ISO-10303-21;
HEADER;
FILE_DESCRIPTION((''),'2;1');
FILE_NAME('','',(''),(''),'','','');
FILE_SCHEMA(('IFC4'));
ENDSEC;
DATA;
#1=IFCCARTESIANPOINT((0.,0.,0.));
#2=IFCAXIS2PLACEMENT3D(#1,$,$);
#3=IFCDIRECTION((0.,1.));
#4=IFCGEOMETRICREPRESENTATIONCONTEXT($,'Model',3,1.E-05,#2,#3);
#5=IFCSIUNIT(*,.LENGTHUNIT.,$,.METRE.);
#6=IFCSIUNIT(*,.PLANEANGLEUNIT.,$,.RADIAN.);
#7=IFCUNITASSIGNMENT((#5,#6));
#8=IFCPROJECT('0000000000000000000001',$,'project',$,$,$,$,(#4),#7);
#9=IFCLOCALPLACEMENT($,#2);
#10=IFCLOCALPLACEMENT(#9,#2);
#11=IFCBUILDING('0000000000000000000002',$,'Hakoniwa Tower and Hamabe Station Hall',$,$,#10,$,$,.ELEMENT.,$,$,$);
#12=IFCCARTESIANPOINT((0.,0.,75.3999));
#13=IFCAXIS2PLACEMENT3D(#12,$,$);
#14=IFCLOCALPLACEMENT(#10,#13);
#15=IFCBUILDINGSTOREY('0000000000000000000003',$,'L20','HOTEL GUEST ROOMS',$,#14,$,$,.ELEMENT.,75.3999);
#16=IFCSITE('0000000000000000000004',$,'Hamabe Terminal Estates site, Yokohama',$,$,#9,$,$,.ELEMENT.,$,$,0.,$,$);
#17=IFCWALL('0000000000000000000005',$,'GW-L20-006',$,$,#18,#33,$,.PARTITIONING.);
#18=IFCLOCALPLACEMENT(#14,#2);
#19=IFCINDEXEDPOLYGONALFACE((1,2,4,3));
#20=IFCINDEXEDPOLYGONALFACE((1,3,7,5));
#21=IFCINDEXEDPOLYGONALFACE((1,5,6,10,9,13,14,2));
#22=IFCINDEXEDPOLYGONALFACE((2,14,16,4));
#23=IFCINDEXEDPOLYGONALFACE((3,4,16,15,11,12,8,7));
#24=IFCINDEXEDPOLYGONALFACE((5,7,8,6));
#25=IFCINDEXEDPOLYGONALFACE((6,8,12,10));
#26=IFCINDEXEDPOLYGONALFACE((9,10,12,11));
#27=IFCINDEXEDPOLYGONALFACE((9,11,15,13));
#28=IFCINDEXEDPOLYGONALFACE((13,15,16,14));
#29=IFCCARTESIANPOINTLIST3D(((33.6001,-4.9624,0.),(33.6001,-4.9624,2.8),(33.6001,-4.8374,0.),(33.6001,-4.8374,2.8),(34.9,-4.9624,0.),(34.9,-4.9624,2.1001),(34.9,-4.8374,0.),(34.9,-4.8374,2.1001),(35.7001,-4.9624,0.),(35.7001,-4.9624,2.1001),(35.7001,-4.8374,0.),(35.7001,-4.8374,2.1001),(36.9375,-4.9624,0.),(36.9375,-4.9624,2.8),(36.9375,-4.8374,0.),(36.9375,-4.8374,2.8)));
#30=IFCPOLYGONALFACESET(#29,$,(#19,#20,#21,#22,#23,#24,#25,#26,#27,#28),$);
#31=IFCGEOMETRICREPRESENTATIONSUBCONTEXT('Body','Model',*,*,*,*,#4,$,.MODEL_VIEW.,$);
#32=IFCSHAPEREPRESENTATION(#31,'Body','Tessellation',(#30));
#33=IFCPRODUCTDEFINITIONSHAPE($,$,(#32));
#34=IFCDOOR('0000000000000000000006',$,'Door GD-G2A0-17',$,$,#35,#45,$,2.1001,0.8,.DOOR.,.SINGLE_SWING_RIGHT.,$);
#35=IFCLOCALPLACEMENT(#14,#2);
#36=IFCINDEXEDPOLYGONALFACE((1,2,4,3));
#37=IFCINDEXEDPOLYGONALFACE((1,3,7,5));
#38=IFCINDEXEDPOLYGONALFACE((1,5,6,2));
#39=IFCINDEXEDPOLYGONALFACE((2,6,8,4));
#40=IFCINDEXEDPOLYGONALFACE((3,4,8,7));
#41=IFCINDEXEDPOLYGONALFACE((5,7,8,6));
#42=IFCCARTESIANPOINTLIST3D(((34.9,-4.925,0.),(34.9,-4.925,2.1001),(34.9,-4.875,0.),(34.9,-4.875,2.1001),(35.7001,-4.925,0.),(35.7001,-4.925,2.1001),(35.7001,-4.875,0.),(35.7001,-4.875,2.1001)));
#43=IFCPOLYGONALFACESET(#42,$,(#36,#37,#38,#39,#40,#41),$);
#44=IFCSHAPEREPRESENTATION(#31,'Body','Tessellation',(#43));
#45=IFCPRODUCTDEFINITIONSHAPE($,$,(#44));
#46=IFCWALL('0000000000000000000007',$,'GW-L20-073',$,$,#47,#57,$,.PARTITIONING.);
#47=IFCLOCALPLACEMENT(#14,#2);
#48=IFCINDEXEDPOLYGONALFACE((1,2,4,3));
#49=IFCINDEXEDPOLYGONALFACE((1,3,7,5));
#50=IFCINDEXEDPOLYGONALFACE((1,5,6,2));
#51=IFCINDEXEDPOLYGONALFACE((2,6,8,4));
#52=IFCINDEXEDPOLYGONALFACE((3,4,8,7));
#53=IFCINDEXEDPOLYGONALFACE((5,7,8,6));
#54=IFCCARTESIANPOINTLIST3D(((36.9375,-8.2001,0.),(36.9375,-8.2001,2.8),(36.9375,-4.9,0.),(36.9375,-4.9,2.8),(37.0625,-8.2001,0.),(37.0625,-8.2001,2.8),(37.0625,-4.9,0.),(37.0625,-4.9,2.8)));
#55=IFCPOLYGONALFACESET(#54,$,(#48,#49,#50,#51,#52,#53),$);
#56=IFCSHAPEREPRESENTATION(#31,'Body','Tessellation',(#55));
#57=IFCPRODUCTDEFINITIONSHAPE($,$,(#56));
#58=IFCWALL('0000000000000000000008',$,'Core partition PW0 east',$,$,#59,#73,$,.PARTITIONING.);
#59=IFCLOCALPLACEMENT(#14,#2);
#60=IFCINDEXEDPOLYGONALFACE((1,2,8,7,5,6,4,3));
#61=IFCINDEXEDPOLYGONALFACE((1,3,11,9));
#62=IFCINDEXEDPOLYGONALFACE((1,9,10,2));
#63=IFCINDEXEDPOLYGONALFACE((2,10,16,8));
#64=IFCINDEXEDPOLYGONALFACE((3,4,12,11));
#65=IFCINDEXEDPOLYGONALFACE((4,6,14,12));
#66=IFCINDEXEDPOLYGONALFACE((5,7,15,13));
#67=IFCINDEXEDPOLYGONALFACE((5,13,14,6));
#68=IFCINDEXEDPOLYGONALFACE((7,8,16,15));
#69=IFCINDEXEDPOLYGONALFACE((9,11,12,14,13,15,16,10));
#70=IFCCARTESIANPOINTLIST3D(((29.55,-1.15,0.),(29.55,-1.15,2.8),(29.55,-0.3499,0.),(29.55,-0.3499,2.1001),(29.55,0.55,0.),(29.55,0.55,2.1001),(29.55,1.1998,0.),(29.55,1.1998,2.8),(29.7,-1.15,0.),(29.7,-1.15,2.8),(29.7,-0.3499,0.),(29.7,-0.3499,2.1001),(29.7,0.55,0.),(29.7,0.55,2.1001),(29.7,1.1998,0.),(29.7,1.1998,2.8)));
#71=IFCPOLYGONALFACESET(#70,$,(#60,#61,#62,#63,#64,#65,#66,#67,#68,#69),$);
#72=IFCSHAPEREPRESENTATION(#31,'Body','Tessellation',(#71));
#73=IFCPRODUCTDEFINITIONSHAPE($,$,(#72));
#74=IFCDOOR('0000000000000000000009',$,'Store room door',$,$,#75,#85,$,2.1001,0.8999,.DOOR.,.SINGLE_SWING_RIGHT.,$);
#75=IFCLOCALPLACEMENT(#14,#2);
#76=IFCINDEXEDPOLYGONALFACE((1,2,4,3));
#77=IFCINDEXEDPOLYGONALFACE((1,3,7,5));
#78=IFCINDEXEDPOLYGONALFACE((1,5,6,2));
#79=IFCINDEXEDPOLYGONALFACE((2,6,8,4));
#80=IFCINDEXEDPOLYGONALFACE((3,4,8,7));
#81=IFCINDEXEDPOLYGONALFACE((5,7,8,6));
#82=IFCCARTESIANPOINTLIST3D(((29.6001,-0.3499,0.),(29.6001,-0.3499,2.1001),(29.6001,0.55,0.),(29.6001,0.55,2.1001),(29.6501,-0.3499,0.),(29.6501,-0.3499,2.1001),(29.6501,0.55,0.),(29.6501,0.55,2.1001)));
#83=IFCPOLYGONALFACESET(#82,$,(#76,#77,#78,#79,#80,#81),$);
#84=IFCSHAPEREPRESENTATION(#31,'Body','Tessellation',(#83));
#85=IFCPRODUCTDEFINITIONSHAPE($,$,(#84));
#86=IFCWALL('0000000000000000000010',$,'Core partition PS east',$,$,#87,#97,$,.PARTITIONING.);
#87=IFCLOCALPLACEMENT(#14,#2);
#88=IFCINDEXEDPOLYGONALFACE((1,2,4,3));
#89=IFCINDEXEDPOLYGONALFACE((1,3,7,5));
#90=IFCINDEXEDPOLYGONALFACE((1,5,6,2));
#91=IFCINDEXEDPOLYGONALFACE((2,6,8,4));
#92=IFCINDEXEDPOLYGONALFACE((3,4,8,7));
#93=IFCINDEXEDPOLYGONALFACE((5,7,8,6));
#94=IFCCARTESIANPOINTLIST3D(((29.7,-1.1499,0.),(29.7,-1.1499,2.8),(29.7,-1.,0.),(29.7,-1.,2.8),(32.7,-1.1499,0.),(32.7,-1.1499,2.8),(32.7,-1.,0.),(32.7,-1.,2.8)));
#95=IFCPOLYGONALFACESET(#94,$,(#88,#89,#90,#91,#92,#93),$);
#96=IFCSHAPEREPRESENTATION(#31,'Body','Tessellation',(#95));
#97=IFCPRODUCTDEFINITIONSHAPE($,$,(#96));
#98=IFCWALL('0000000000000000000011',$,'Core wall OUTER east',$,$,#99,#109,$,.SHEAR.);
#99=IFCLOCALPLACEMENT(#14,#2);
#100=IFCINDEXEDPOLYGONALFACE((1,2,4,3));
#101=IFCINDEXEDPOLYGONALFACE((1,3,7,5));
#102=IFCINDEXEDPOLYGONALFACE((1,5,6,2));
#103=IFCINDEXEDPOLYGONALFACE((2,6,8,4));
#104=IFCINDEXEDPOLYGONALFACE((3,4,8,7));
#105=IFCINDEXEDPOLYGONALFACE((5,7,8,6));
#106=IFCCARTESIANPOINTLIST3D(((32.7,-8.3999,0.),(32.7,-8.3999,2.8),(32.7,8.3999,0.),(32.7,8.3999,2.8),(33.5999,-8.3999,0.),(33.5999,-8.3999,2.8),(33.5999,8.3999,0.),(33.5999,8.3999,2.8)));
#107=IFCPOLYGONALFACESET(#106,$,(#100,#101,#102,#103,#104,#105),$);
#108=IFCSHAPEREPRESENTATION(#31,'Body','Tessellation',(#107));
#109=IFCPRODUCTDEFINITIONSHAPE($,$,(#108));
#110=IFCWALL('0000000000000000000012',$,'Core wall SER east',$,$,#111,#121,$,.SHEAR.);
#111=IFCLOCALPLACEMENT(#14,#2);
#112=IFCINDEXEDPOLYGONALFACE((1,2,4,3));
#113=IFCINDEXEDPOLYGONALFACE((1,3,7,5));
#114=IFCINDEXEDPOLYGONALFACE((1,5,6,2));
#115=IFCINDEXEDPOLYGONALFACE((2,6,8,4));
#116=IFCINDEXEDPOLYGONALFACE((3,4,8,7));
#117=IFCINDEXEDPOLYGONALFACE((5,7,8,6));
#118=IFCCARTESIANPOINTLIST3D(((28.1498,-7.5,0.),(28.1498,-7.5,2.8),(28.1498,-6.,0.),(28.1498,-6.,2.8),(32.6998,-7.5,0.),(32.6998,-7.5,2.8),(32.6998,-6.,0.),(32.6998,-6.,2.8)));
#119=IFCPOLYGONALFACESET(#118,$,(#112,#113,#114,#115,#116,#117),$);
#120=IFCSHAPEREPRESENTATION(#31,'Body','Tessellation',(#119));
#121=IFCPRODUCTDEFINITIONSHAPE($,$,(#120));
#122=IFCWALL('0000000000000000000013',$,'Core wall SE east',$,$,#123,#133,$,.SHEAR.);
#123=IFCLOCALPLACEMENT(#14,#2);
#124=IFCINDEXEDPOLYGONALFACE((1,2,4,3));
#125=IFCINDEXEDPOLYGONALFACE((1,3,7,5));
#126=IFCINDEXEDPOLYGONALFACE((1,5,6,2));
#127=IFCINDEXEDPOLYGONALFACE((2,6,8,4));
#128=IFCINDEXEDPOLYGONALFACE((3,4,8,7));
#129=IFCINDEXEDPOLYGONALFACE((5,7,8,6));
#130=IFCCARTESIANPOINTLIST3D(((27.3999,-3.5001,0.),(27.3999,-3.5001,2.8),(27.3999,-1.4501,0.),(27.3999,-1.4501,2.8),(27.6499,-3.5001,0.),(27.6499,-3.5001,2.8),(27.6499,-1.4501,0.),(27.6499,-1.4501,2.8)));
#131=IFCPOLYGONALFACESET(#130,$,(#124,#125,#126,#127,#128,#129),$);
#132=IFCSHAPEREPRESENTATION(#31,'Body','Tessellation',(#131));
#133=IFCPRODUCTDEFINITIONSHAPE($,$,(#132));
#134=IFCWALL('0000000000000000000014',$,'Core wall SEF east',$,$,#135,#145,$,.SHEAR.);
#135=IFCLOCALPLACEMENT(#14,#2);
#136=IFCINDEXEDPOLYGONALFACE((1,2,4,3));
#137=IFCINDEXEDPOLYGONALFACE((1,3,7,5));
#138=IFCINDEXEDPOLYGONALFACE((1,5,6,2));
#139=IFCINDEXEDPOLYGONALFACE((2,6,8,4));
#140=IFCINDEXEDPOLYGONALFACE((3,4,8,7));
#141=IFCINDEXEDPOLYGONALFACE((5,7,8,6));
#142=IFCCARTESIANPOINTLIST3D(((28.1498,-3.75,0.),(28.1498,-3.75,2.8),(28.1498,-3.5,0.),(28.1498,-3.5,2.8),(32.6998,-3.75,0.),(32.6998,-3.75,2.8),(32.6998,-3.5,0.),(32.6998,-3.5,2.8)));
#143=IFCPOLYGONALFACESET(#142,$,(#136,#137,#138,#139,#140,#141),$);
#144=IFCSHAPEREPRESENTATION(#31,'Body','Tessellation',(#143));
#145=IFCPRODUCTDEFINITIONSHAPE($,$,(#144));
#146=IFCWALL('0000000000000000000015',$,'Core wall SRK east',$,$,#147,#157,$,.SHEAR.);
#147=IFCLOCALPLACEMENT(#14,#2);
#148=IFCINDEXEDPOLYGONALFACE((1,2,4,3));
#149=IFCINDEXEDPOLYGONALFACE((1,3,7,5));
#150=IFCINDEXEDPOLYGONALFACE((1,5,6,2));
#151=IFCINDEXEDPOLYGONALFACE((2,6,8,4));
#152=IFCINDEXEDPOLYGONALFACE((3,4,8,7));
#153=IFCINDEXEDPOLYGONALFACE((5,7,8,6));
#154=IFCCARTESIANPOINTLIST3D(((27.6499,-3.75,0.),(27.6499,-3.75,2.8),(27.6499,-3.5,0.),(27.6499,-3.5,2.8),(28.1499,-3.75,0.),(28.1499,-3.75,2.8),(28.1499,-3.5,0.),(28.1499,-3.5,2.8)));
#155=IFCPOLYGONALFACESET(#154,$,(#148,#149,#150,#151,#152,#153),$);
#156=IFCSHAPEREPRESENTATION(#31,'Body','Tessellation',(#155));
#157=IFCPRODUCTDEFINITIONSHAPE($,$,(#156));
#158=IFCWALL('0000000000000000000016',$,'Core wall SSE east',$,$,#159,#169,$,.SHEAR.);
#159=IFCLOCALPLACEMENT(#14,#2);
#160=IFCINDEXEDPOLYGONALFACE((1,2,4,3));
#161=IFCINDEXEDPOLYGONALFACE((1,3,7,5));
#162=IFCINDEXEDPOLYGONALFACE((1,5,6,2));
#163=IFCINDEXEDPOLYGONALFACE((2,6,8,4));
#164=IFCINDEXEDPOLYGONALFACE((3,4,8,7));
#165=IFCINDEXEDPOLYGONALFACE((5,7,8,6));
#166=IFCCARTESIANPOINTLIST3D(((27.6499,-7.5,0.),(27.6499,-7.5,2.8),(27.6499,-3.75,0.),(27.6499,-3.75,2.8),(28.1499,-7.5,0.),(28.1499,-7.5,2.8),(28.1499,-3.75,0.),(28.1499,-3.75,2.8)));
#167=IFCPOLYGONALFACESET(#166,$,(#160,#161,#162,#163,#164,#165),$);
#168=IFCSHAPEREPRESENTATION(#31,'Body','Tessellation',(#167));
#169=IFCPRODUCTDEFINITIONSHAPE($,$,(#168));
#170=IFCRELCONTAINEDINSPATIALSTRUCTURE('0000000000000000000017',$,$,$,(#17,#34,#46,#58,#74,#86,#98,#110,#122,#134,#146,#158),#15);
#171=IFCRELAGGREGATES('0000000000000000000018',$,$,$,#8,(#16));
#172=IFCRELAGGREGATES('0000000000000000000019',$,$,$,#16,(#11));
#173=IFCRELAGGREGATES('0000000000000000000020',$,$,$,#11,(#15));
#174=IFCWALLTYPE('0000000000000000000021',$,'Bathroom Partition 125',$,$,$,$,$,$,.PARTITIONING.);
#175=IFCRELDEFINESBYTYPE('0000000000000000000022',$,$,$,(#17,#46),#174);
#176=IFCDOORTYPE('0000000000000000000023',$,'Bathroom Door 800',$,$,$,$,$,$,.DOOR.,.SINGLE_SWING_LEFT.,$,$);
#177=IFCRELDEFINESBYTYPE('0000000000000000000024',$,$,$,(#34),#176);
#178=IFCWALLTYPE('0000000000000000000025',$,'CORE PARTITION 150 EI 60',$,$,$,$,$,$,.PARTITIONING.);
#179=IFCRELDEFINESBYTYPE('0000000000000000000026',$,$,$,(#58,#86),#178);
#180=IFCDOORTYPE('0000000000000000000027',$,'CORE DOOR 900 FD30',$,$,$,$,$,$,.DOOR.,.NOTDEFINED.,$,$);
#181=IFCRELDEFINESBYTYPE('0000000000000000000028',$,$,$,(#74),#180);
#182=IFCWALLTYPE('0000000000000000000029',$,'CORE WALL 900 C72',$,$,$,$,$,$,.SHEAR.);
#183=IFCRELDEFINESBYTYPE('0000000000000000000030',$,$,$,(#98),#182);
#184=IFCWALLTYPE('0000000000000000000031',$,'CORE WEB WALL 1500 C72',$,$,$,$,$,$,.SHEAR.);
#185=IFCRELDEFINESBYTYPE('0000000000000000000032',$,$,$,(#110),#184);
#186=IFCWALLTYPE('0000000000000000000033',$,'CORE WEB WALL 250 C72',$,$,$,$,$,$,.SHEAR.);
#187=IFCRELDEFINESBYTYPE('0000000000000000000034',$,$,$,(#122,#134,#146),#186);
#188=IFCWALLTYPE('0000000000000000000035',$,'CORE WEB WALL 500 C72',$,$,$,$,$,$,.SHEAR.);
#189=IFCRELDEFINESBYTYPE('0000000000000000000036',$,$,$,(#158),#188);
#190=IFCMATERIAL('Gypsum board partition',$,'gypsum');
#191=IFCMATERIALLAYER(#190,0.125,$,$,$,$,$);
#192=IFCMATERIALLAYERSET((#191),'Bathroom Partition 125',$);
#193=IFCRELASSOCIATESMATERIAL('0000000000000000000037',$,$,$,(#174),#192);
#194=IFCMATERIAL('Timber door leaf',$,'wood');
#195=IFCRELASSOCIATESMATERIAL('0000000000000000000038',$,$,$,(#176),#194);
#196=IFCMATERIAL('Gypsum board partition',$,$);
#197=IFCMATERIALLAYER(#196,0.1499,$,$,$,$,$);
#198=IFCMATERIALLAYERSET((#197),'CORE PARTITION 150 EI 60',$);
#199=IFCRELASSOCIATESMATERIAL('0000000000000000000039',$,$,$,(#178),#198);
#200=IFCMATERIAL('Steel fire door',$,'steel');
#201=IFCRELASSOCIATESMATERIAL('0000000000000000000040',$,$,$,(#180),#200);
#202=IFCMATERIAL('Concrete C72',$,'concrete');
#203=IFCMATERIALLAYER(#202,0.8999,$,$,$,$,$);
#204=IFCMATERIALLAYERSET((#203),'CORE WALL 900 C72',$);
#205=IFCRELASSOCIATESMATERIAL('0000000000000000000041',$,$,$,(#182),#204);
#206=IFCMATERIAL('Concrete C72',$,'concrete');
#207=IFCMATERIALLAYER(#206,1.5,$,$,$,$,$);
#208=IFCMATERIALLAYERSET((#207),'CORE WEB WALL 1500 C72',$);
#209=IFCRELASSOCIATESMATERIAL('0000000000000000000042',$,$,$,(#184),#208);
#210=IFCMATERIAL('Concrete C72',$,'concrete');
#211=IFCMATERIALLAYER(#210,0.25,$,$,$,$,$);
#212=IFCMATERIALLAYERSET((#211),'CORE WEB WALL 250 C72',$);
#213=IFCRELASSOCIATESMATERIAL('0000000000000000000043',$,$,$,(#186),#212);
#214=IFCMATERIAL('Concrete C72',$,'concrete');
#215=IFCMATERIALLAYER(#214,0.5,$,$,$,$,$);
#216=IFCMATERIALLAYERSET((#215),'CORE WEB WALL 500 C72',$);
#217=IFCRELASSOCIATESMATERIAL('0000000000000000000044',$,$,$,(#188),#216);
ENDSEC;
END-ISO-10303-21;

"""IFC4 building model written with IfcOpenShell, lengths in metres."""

from ifc_helpers import new_model, si_unit, direction, frame, frame_2d, origin, place, context, subcontext, project, spatial, rectangle, extrude, material, layer, layer_set, type_object, element, fill, save


model = new_model("IFC4")

# Units and contexts
model_context = context("Model", 3, precision=1e-05, world=origin(), true_north=direction((0.0, 1.0)))
body_context = subcontext(model_context, "Body", "Model", "MODEL_VIEW")
ifc_project = project(units=[si_unit("LENGTHUNIT", "METRE"), si_unit("PLANEANGLEUNIT", "RADIAN")], contexts=[model_context])

# Site, building, storey
site_placement = place(None, origin())
site = spatial("IfcSite", under=ifc_project, at=site_placement, Name="Hamabe Terminal Estates site, Yokohama", CompositionType="ELEMENT", RefElevation=0.0)
building_placement = place(site_placement, origin())
building = spatial("IfcBuilding", under=site, at=building_placement, Name="Hakoniwa Tower and Hamabe Station Hall", CompositionType="ELEMENT")
storey_placement = place(building_placement, frame((0.0, 0.0, 75.3999)))
storey = spatial("IfcBuildingStorey", under=building, at=storey_placement, Name="L20", Description="HOTEL GUEST ROOMS", CompositionType="ELEMENT", Elevation=75.3999)

# Wall, opening, door
ifc_material_1 = material(Name="Gypsum board partition", Category="gypsum")
ifc_layer_1 = layer(ifc_material_1, 0.125)
ifc_layer_set_1 = layer_set([ifc_layer_1], Name="Bathroom Partition 125")
wall_type_1 = type_object("IfcWallType", Name="Bathroom Partition 125", PredefinedType="PARTITIONING", material=ifc_layer_set_1)
wall_1_placement = place(storey_placement, frame((33.6001, -4.8999, 0.0), z_axis=(0.0, 0.0, 1.0), x_axis=(1.0, 0.0, 0.0)))
wall_1 = element("IfcWall", 1, at=wall_1_placement, inside=storey, type_object=wall_type_1, Name="GW-L20-006", PredefinedType="PARTITIONING", context=body_context, shape_type="SweptSolid", body=[
    extrude(rectangle(XDim=3.3374, YDim=0.125, at=frame_2d((1.6687, 0.0))), origin(), (0.0, 0.0, 1.0), 2.8),
])
opening_1_placement = place(wall_1_placement, frame((1.3, 0.0, 0.0)))
opening_1 = element("IfcOpeningElement", 2, at=opening_1_placement, cuts=wall_1, PredefinedType="OPENING", context=body_context, shape_type="SweptSolid", body=[
    extrude(rectangle(XDim=0.8, YDim=2.1001, at=frame_2d((0.3999, 1.05))), frame((0.0, 0.0725, 0.0), z_axis=(0.0, -1.0, 0.0), x_axis=(1.0, 0.0, 0.0)), (0.0, 0.0, 1.0), 0.145),
])
ifc_material_2 = material(Name="Timber door leaf", Category="wood")
door_type_1 = type_object("IfcDoorType", Name="Bathroom Door 800", OperationType="SINGLE_SWING_LEFT", PredefinedType="DOOR", material=ifc_material_2)
door_1_placement = place(opening_1_placement, origin())
door_1 = element("IfcDoor", 3, at=door_1_placement, inside=storey, type_object=door_type_1, Name="Door GD-G2A0-17", OperationType="SINGLE_SWING_RIGHT", OverallHeight=2.1001, OverallWidth=0.8, PredefinedType="DOOR", context=body_context, shape_type="SweptSolid", body=[
    extrude(rectangle(XDim=0.8, YDim=2.1001, at=frame_2d((0.3999, 1.05))), frame((0.0, 0.0249, 0.0), z_axis=(0.0, -1.0, 0.0), x_axis=(1.0, 0.0, 0.0)), (0.0, 0.0, 1.0), 0.05),
])
fill(opening_1, door_1)

# Wall
wall_2_placement = place(storey_placement, frame((37.0, -8.2, 0.0), z_axis=(0.0, 0.0, 1.0), x_axis=(0.0, 1.0, 0.0)))
element("IfcWall", 4, at=wall_2_placement, inside=storey, type_object=wall_type_1, Name="GW-L20-073", PredefinedType="PARTITIONING", context=body_context, shape_type="SweptSolid", body=[
    extrude(rectangle(XDim=3.3, YDim=0.125, at=frame_2d((1.6499, 0.0))), origin(), (0.0, 0.0, 1.0), 2.8),
])

# Wall, opening, door
ifc_material_3 = material(Name="Gypsum board partition")
ifc_layer_2 = layer(ifc_material_3, 0.1499)
ifc_layer_set_2 = layer_set([ifc_layer_2], Name="CORE PARTITION 150 EI 60")
wall_type_2 = type_object("IfcWallType", Name="CORE PARTITION 150 EI 60", PredefinedType="PARTITIONING", material=ifc_layer_set_2)
wall_3_placement = place(storey_placement, frame((29.625, -1.1499, 0.0), z_axis=(0.0, 0.0, 1.0), x_axis=(0.0, 1.0, 0.0)))
wall_3 = element("IfcWall", 5, at=wall_3_placement, inside=storey, type_object=wall_type_2, Name="Core partition PW0 east", PredefinedType="PARTITIONING", context=body_context, shape_type="SweptSolid", body=[
    extrude(rectangle(XDim=2.3499, YDim=0.1499, at=frame_2d((1.1748, 0.0))), origin(), (0.0, 0.0, 1.0), 2.8),
])
opening_2_placement = place(wall_3_placement, frame((0.8, 0.0, 0.0)))
opening_2 = element("IfcOpeningElement", 6, at=opening_2_placement, cuts=wall_3, PredefinedType="OPENING", context=body_context, shape_type="SweptSolid", body=[
    extrude(rectangle(XDim=0.8999, YDim=2.1001, at=frame_2d((0.45, 1.05))), frame((0.0, 0.085, 0.0), z_axis=(0.0, -1.0, 0.0), x_axis=(1.0, 0.0, 0.0)), (0.0, 0.0, 1.0), 0.1699),
])
ifc_material_4 = material(Name="Steel fire door", Category="steel")
door_type_2 = type_object("IfcDoorType", Name="CORE DOOR 900 FD30", OperationType="NOTDEFINED", PredefinedType="DOOR", material=ifc_material_4)
door_2_placement = place(opening_2_placement, origin())
door_2 = element("IfcDoor", 7, at=door_2_placement, inside=storey, type_object=door_type_2, Name="Store room door", OperationType="SINGLE_SWING_RIGHT", OverallHeight=2.1001, OverallWidth=0.8999, PredefinedType="DOOR", context=body_context, shape_type="SweptSolid", body=[
    extrude(rectangle(XDim=0.8999, YDim=2.1001, at=frame_2d((0.45, 1.05))), frame((0.0, 0.0249, 0.0), z_axis=(0.0, -1.0, 0.0), x_axis=(1.0, 0.0, 0.0)), (0.0, 0.0, 1.0), 0.05),
])
fill(opening_2, door_2)

# Walls
wall_4_placement = place(storey_placement, frame((29.7, -1.075, 0.0), z_axis=(0.0, 0.0, 1.0), x_axis=(1.0, 0.0, 0.0)))
element("IfcWall", 8, at=wall_4_placement, inside=storey, type_object=wall_type_2, Name="Core partition PS east", PredefinedType="PARTITIONING", context=body_context, shape_type="SweptSolid", body=[
    extrude(rectangle(XDim=3.0, YDim=0.1499, at=frame_2d((1.5, 0.0))), origin(), (0.0, 0.0, 1.0), 2.8),
])
ifc_material_5 = material(Name="Concrete C72", Category="concrete")
ifc_layer_3 = layer(ifc_material_5, 0.8999)
ifc_layer_set_3 = layer_set([ifc_layer_3], Name="CORE WALL 900 C72")
wall_type_3 = type_object("IfcWallType", Name="CORE WALL 900 C72", PredefinedType="SHEAR", material=ifc_layer_set_3)
wall_5_placement = place(storey_placement, frame((33.1499, -8.3999, 0.0), z_axis=(0.0, 0.0, 1.0), x_axis=(0.0, 1.0, 0.0)))
element("IfcWall", 9, at=wall_5_placement, inside=storey, type_object=wall_type_3, Name="Core wall OUTER east", PredefinedType="SHEAR", context=body_context, shape_type="SweptSolid", body=[
    extrude(rectangle(XDim=16.7998, YDim=0.8999, at=frame_2d((8.3999, 0.0))), origin(), (0.0, 0.0, 1.0), 2.8),
])
ifc_material_6 = material(Name="Concrete C72", Category="concrete")
ifc_layer_4 = layer(ifc_material_6, 1.5)
ifc_layer_set_4 = layer_set([ifc_layer_4], Name="CORE WEB WALL 1500 C72")
wall_type_4 = type_object("IfcWallType", Name="CORE WEB WALL 1500 C72", PredefinedType="SHEAR", material=ifc_layer_set_4)
wall_6_placement = place(storey_placement, frame((28.1499, -6.75, 0.0), z_axis=(0.0, 0.0, 1.0), x_axis=(1.0, 0.0, 0.0)))
element("IfcWall", 10, at=wall_6_placement, inside=storey, type_object=wall_type_4, Name="Core wall SER east", PredefinedType="SHEAR", context=body_context, shape_type="SweptSolid", body=[
    extrude(rectangle(XDim=4.55, YDim=1.5, at=frame_2d((2.2749, 0.0))), origin(), (0.0, 0.0, 1.0), 2.8),
])
ifc_material_7 = material(Name="Concrete C72", Category="concrete")
ifc_layer_5 = layer(ifc_material_7, 0.25)
ifc_layer_set_5 = layer_set([ifc_layer_5], Name="CORE WEB WALL 250 C72")
wall_type_5 = type_object("IfcWallType", Name="CORE WEB WALL 250 C72", PredefinedType="SHEAR", material=ifc_layer_set_5)
wall_7_placement = place(storey_placement, frame((27.5249, -3.5, 0.0), z_axis=(0.0, 0.0, 1.0), x_axis=(0.0, 1.0, 0.0)))
element("IfcWall", 11, at=wall_7_placement, inside=storey, type_object=wall_type_5, Name="Core wall SE east", PredefinedType="SHEAR", context=body_context, shape_type="SweptSolid", body=[
    extrude(rectangle(XDim=2.05, YDim=0.25, at=frame_2d((1.0249, 0.0))), origin(), (0.0, 0.0, 1.0), 2.8),
])
wall_8_placement = place(storey_placement, frame((28.1499, -3.625, 0.0), z_axis=(0.0, 0.0, 1.0), x_axis=(1.0, 0.0, 0.0)))
element("IfcWall", 12, at=wall_8_placement, inside=storey, type_object=wall_type_5, Name="Core wall SEF east", PredefinedType="SHEAR", context=body_context, shape_type="SweptSolid", body=[
    extrude(rectangle(XDim=4.55, YDim=0.25, at=frame_2d((2.2749, 0.0))), origin(), (0.0, 0.0, 1.0), 2.8),
])
wall_9_placement = place(storey_placement, frame((27.6499, -3.625, 0.0), z_axis=(0.0, 0.0, 1.0), x_axis=(1.0, 0.0, 0.0)))
element("IfcWall", 13, at=wall_9_placement, inside=storey, type_object=wall_type_5, Name="Core wall SRK east", PredefinedType="SHEAR", context=body_context, shape_type="SweptSolid", body=[
    extrude(rectangle(XDim=0.5, YDim=0.25, at=frame_2d((0.25, 0.0))), origin(), (0.0, 0.0, 1.0), 2.8),
])
ifc_material_8 = material(Name="Concrete C72", Category="concrete")
ifc_layer_6 = layer(ifc_material_8, 0.5)
ifc_layer_set_6 = layer_set([ifc_layer_6], Name="CORE WEB WALL 500 C72")
wall_type_6 = type_object("IfcWallType", Name="CORE WEB WALL 500 C72", PredefinedType="SHEAR", material=ifc_layer_set_6)
wall_10_placement = place(storey_placement, frame((27.8999, -7.5, 0.0), z_axis=(0.0, 0.0, 1.0), x_axis=(0.0, 1.0, 0.0)))
element("IfcWall", 14, at=wall_10_placement, inside=storey, type_object=wall_type_6, Name="Core wall SSE east", PredefinedType="SHEAR", context=body_context, shape_type="SweptSolid", body=[
    extrude(rectangle(XDim=3.75, YDim=0.5, at=frame_2d((1.875, 0.0))), origin(), (0.0, 0.0, 1.0), 2.8),
])

save(model, "model.ifc")
